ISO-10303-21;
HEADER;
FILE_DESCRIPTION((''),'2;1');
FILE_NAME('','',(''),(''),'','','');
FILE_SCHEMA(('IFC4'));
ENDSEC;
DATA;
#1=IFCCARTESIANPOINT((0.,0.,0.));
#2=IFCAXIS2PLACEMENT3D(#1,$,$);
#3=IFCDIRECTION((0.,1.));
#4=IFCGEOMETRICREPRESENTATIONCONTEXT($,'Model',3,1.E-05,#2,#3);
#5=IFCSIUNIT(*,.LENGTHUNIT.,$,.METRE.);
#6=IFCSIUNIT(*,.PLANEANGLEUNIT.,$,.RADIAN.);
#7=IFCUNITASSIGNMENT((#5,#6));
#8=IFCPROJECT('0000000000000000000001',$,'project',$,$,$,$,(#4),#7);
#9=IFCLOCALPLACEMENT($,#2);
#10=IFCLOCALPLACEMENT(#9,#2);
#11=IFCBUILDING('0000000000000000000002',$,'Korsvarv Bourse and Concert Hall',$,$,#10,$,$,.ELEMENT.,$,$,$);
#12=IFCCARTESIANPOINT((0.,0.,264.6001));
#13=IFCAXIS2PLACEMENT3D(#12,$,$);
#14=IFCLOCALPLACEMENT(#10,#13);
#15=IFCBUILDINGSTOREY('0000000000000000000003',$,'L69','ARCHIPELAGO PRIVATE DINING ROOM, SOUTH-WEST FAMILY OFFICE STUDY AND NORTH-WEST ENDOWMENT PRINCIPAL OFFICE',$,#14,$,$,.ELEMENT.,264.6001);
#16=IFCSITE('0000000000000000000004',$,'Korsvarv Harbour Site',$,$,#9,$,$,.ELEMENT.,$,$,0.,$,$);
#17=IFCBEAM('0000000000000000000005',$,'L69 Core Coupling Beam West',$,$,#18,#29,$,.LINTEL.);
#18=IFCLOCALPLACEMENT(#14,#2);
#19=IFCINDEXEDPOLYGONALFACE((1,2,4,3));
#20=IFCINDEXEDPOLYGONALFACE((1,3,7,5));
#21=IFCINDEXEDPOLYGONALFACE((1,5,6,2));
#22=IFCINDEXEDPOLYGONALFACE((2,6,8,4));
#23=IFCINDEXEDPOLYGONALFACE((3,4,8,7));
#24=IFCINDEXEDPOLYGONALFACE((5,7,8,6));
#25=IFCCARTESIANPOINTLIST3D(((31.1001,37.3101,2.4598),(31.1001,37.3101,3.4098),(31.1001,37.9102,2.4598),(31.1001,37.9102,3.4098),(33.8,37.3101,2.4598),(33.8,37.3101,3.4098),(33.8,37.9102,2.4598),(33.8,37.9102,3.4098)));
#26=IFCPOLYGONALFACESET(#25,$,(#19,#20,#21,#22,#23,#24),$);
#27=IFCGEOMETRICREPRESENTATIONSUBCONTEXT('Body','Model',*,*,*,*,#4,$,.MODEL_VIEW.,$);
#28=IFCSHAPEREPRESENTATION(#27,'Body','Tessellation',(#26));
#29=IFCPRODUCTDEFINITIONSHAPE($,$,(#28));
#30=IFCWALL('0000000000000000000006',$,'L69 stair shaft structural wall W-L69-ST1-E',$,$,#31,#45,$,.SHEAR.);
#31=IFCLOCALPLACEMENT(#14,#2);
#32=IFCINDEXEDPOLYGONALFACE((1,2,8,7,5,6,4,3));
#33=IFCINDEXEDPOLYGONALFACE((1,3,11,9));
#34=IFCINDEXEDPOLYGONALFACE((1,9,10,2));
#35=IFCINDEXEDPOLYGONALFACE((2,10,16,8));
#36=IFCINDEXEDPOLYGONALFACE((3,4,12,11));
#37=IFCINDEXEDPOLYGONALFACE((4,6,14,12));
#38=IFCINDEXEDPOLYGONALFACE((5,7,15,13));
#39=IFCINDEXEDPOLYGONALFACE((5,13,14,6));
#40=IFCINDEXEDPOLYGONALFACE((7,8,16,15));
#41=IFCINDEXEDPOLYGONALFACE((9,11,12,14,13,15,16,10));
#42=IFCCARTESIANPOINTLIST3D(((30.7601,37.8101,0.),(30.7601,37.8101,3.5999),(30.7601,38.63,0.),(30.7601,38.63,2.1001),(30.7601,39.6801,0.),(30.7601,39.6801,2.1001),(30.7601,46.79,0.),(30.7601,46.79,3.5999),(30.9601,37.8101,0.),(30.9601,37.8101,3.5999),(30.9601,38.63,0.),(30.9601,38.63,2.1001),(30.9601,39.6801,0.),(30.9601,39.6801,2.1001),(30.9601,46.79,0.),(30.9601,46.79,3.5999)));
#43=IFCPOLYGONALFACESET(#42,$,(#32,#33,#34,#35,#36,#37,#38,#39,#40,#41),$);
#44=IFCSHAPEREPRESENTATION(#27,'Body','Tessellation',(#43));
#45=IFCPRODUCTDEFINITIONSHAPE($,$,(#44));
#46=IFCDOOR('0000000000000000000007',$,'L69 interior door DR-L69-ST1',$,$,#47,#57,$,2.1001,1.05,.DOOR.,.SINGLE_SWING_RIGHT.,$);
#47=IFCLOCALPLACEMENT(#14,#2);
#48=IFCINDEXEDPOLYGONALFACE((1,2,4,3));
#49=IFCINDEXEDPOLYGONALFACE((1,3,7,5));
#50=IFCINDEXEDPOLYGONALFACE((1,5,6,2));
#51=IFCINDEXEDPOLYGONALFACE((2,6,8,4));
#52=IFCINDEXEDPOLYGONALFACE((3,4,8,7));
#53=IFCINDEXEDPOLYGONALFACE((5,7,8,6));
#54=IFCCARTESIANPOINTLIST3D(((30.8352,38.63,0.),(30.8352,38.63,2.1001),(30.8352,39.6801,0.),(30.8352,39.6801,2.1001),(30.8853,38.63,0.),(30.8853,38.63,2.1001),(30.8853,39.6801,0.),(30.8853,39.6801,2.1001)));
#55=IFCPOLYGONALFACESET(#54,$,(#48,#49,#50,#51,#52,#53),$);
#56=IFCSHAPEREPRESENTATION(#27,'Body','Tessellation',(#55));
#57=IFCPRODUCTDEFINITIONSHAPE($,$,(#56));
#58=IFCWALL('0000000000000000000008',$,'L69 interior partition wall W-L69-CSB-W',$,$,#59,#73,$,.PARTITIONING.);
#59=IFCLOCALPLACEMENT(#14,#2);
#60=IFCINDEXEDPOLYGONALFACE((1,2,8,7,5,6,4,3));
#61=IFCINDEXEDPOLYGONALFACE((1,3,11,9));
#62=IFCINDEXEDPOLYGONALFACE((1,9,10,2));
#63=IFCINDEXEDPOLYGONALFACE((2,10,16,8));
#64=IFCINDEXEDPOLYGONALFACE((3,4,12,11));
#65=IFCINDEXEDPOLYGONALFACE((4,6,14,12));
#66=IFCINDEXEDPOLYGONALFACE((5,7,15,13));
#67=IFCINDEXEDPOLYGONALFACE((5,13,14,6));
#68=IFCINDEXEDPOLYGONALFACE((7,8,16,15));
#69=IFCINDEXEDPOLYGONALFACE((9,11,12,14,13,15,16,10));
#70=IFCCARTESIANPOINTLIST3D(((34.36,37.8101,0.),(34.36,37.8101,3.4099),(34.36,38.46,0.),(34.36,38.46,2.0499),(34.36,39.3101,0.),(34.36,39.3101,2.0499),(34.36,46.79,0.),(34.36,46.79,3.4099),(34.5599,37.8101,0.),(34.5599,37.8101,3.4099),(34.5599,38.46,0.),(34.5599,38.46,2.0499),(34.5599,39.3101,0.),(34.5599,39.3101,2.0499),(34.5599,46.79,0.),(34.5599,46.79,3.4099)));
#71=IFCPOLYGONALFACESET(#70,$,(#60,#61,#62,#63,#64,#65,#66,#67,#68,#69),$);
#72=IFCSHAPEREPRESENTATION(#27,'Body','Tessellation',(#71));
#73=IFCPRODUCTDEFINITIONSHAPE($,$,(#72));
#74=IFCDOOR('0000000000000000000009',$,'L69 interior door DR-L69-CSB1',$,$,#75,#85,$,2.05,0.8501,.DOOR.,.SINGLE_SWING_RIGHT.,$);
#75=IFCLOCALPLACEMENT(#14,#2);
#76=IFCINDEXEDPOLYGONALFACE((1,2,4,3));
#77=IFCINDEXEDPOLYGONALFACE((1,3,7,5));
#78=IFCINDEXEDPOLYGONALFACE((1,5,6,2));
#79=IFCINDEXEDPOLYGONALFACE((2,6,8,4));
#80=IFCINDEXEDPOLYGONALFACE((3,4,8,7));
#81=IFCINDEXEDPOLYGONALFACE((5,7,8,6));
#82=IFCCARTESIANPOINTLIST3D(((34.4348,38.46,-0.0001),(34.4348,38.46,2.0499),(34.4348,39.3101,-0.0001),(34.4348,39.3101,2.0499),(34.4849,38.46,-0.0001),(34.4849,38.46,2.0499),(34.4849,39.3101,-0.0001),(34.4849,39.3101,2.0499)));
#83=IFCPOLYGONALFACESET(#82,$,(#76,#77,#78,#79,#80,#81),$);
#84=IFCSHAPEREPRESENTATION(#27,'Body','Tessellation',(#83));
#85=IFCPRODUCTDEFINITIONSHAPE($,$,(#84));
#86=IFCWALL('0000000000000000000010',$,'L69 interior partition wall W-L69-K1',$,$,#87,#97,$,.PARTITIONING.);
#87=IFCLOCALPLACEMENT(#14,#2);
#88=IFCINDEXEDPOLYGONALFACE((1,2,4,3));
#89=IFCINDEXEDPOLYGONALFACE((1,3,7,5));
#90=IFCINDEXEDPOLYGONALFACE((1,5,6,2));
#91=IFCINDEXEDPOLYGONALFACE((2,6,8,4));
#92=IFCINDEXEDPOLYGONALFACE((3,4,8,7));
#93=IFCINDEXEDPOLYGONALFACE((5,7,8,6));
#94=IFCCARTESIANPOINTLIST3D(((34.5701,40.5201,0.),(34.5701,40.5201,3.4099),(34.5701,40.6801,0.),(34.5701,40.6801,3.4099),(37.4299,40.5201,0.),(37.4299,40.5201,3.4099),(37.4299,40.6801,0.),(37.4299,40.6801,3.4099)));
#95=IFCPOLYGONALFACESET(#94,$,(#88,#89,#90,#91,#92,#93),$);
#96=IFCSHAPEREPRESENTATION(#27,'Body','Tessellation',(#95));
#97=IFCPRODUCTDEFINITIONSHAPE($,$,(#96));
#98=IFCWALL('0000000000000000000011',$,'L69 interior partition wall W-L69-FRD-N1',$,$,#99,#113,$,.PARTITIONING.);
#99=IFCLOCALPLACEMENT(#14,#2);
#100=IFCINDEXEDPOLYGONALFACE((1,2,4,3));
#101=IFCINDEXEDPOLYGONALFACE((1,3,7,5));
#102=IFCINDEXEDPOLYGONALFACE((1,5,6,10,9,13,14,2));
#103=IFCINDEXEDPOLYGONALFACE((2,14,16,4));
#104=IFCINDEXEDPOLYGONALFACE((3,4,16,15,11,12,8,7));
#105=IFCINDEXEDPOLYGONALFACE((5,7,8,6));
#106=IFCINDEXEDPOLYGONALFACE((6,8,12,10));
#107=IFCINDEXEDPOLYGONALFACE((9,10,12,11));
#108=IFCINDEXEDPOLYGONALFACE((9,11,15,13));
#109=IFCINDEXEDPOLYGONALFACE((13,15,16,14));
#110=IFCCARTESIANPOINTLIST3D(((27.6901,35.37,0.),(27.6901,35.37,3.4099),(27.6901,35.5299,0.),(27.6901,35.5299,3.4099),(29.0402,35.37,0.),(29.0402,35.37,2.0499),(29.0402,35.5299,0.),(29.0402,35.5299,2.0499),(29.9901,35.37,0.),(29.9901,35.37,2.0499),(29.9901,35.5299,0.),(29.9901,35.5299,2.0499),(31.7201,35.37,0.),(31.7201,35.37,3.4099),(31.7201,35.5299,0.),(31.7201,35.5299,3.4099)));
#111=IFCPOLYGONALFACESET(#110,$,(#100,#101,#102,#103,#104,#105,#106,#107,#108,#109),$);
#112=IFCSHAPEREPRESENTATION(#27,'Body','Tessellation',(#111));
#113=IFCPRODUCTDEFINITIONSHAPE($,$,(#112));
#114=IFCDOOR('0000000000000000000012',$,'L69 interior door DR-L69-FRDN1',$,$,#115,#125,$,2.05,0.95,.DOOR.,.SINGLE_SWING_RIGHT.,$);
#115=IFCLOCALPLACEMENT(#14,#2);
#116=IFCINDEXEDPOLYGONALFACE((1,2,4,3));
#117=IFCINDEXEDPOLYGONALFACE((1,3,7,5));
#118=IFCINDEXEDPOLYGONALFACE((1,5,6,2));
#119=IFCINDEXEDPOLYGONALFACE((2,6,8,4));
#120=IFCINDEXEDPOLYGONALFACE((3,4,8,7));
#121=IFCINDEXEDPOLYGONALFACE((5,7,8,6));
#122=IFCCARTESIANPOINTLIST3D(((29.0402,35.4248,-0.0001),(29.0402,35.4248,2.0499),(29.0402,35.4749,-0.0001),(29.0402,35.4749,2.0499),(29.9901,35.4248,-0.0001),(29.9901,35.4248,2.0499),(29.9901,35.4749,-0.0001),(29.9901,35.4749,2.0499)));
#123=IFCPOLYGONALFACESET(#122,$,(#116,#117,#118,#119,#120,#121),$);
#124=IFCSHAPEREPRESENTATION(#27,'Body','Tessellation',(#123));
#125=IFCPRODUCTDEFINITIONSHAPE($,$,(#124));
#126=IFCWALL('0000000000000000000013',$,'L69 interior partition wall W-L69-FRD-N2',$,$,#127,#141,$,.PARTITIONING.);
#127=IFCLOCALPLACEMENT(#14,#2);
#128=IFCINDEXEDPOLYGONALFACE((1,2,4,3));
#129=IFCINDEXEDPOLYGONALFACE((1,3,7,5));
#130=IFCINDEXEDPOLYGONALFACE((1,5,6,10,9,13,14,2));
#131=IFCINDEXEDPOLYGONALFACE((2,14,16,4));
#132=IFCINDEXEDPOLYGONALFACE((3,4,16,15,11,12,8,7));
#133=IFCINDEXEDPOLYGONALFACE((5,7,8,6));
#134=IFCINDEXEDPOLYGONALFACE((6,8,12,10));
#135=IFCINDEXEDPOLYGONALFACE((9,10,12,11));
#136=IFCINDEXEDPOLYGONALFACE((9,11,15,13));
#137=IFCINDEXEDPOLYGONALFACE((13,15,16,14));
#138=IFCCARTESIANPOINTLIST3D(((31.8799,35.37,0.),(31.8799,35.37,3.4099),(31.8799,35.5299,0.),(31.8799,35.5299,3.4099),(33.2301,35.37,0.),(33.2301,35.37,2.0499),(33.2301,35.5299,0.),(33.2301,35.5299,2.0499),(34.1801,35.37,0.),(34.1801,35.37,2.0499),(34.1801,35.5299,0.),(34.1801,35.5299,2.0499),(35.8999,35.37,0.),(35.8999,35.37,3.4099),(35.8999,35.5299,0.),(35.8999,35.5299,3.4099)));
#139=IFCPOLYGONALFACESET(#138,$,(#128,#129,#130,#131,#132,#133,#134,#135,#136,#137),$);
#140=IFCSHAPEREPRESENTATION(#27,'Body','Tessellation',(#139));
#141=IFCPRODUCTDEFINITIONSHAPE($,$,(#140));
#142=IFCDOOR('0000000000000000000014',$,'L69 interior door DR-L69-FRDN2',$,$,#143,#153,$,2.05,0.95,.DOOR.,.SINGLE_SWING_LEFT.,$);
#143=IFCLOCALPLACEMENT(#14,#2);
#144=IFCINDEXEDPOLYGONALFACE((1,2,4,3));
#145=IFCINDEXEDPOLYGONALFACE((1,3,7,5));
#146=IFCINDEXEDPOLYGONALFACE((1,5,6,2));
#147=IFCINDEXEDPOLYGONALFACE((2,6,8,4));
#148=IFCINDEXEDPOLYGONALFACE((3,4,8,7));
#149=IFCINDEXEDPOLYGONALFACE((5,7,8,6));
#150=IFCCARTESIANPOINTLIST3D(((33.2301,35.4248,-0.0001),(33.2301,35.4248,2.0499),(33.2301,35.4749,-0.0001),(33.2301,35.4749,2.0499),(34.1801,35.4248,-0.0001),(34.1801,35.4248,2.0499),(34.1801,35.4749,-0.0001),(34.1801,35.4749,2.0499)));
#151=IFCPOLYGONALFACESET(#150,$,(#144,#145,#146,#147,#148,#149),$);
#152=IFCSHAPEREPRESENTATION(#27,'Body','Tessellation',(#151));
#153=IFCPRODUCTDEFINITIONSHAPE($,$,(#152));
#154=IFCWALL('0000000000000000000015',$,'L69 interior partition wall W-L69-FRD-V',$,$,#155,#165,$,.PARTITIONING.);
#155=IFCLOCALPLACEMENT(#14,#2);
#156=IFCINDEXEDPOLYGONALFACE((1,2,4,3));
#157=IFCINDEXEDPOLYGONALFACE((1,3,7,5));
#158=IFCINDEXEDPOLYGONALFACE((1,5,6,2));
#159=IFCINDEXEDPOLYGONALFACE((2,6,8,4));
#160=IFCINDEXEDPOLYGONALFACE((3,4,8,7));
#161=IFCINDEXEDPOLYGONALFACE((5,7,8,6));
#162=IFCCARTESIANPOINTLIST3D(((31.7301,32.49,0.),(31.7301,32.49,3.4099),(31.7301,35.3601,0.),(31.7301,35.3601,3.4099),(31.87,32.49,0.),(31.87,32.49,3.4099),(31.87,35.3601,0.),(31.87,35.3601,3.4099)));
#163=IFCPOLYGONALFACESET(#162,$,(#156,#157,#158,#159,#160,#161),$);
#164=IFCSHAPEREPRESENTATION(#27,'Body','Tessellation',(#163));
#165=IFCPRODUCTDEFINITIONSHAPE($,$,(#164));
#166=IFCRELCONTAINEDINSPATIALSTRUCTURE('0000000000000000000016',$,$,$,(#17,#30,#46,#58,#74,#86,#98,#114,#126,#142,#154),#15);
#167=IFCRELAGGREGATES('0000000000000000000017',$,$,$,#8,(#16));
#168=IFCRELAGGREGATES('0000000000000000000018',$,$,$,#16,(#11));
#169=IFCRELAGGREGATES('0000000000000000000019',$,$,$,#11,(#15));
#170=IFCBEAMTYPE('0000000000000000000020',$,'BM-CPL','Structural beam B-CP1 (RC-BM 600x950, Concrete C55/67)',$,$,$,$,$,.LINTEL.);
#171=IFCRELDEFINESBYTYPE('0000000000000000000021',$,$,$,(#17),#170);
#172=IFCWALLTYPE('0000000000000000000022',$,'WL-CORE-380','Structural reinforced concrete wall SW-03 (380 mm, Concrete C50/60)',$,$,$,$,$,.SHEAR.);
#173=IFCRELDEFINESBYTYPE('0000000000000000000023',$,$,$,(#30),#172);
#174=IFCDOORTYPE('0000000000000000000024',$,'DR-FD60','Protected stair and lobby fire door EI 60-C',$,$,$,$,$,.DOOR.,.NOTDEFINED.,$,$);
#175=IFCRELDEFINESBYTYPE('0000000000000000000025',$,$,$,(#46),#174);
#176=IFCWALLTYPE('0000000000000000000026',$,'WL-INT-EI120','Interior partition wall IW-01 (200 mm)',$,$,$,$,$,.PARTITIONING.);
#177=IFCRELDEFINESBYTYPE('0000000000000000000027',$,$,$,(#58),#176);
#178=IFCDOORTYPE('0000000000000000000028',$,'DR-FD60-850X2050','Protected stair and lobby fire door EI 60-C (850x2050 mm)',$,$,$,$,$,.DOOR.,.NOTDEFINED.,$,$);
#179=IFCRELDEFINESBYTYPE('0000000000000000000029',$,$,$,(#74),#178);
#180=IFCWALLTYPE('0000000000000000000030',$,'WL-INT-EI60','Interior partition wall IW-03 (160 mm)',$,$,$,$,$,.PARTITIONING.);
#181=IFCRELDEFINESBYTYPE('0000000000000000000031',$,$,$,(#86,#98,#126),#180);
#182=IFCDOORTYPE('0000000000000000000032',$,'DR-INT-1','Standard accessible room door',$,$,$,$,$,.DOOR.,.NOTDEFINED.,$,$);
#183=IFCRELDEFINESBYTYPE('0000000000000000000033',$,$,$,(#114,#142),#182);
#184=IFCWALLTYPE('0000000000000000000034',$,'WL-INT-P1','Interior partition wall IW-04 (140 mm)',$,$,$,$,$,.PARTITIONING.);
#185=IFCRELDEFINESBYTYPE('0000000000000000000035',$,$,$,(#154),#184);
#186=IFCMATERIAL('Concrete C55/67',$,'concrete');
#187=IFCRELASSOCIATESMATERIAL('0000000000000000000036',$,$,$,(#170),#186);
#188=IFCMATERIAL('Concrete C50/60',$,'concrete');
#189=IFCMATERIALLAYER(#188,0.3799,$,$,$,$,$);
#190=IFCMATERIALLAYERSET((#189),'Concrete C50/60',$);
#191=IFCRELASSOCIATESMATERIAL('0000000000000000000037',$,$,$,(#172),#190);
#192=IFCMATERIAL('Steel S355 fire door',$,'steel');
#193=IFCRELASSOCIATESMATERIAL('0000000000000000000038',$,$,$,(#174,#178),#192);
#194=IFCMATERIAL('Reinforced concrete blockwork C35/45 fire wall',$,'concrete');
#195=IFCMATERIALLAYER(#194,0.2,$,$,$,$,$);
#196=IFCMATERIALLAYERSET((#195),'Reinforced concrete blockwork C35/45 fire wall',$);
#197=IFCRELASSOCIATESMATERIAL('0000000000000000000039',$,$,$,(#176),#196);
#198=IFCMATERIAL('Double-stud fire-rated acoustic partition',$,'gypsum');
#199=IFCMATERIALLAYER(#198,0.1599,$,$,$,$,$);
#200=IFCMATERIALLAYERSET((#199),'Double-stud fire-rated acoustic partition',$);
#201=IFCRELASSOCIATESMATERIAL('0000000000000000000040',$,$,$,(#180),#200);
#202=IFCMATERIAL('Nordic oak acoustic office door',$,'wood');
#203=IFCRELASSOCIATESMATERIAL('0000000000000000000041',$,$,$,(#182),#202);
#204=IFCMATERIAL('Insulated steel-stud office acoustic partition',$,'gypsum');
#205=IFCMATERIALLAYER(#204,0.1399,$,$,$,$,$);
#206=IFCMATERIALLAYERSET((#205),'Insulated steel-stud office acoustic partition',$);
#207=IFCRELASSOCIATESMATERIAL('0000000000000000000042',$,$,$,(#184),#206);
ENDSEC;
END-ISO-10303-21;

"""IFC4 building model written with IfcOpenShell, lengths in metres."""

from ifc_helpers import new_model, si_unit, direction, frame, frame_2d, origin, origin_2d, place, context, subcontext, project, spatial, rectangle, extrude, source, transform, mapped, material, layer, layer_set, material_profile, profile_set, type_object, element, fill, save


model = new_model("IFC4")

# Units and contexts
model_context = context("Model", 3, precision=1e-05, world=origin(), true_north=direction((0.0, 1.0)))
body_context = subcontext(model_context, "Body", "Model", "MODEL_VIEW")
ifc_project = project(units=[si_unit("LENGTHUNIT", "METRE"), si_unit("PLANEANGLEUNIT", "RADIAN")], contexts=[model_context])

# Site, building, storey
site_placement = place(None, origin())
site = spatial("IfcSite", under=ifc_project, at=site_placement, Name="Korsvarv Harbour Site", CompositionType="ELEMENT", RefElevation=0.0)
building_placement = place(site_placement, origin())
building = spatial("IfcBuilding", under=site, at=building_placement, Name="Korsvarv Bourse and Concert Hall", CompositionType="ELEMENT")
storey_placement = place(building_placement, frame((0.0, 0.0, 264.6001)))
storey = spatial("IfcBuildingStorey", under=building, at=storey_placement, Name="L69", Description="ARCHIPELAGO PRIVATE DINING ROOM, SOUTH-WEST FAMILY OFFICE STUDY AND NORTH-WEST ENDOWMENT PRINCIPAL OFFICE", CompositionType="ELEMENT", Elevation=264.6001)

# Beam
ifc_material_1 = material(Name="Concrete C55/67", Category="concrete")
ifc_material_profile = material_profile(ifc_material_1, rectangle(XDim=0.6001, YDim=0.95, at=origin_2d()), Name="RC-BM 600x950")
ifc_profile_set = profile_set([ifc_material_profile], Name="Concrete C55/67")
beam_type = type_object("IfcBeamType", Name="BM-CPL", Description="Structural beam B-CP1 (RC-BM 600x950, Concrete C55/67)", PredefinedType="LINTEL", material=ifc_profile_set)
shared_shape = source(origin(), body_context, "Body", "SweptSolid", [
    extrude(rectangle(XDim=0.6001, YDim=0.95, at=origin_2d()), origin(), (0.0, 0.0, 1.0), 2.7),
])
beam_placement = place(storey_placement, frame((31.1001, 37.6101, 2.9348), z_axis=(1.0, 0.0, 0.0), x_axis=(0.0, 1.0, 0.0)))
element("IfcBeam", 1, at=beam_placement, inside=storey, type_object=beam_type, Name="L69 Core Coupling Beam West", PredefinedType="LINTEL", context=body_context, shape_type="MappedRepresentation", body=[
    mapped(shared_shape, transform((0.0, 0.0, 0.0), scale=1.0)),
])

# Walls, openings, doors
ifc_material_2 = material(Name="Concrete C50/60", Category="concrete")
ifc_layer_1 = layer(ifc_material_2, 0.3799)
ifc_layer_set_1 = layer_set([ifc_layer_1], Name="Concrete C50/60")
wall_type_1 = type_object("IfcWallType", Name="WL-CORE-380", Description="Structural reinforced concrete wall SW-03 (380 mm, Concrete C50/60)", PredefinedType="SHEAR", material=ifc_layer_set_1)
wall_1_placement = place(storey_placement, frame((30.8601, 37.8101, 0.0), z_axis=(0.0, 0.0, 1.0), x_axis=(0.0, 1.0, 0.0)))
wall_1 = element("IfcWall", 2, at=wall_1_placement, inside=storey, type_object=wall_type_1, Name="L69 stair shaft structural wall W-L69-ST1-E", PredefinedType="SHEAR", context=body_context, shape_type="SweptSolid", body=[
    extrude(rectangle(XDim=8.98, YDim=0.2, at=frame_2d((4.49, 0.0))), origin(), (0.0, 0.0, 1.0), 3.5999),
])
opening_1_placement = place(wall_1_placement, frame((0.8201, 0.0, 0.0)))
opening_1 = element("IfcOpeningElement", 3, at=opening_1_placement, cuts=wall_1, PredefinedType="OPENING", context=body_context, shape_type="SweptSolid", body=[
    extrude(rectangle(XDim=1.05, YDim=2.1001, at=frame_2d((0.5249, 1.05))), frame((0.0, 0.1099, 0.0), z_axis=(0.0, -1.0, 0.0), x_axis=(1.0, 0.0, 0.0)), (0.0, 0.0, 1.0), 0.22),
])
ifc_material_3 = material(Name="Steel S355 fire door", Category="steel")
door_type_1 = type_object("IfcDoorType", Name="DR-FD60", Description="Protected stair and lobby fire door EI 60-C", OperationType="NOTDEFINED", PredefinedType="DOOR", material=ifc_material_3)
door_1_placement = place(opening_1_placement, origin())
door_1 = element("IfcDoor", 4, at=door_1_placement, inside=storey, type_object=door_type_1, Name="L69 interior door DR-L69-ST1", OperationType="SINGLE_SWING_RIGHT", OverallHeight=2.1001, OverallWidth=1.05, PredefinedType="DOOR", context=body_context, shape_type="SweptSolid", body=[
    extrude(rectangle(XDim=1.05, YDim=2.1001, at=frame_2d((0.5249, 1.05))), frame((0.0, 0.0249, 0.0), z_axis=(0.0, -1.0, 0.0), x_axis=(1.0, 0.0, 0.0)), (0.0, 0.0, 1.0), 0.05),
])
fill(opening_1, door_1)
ifc_material_4 = material(Name="Reinforced concrete blockwork C35/45 fire wall", Category="concrete")
ifc_layer_2 = layer(ifc_material_4, 0.2)
ifc_layer_set_2 = layer_set([ifc_layer_2], Name="Reinforced concrete blockwork C35/45 fire wall")
wall_type_2 = type_object("IfcWallType", Name="WL-INT-EI120", Description="Interior partition wall IW-01 (200 mm)", PredefinedType="PARTITIONING", material=ifc_layer_set_2)
wall_2_placement = place(storey_placement, frame((34.46, 37.8101, 0.0), z_axis=(0.0, 0.0, 1.0), x_axis=(0.0, 1.0, 0.0)))
wall_2 = element("IfcWall", 5, at=wall_2_placement, inside=storey, type_object=wall_type_2, Name="L69 interior partition wall W-L69-CSB-W", PredefinedType="PARTITIONING", context=body_context, shape_type="SweptSolid", body=[
    extrude(rectangle(XDim=8.98, YDim=0.2, at=frame_2d((4.49, 0.0))), origin(), (0.0, 0.0, 1.0), 3.4099),
])
opening_2_placement = place(wall_2_placement, frame((0.6499, 0.0, 0.0)))
opening_2 = element("IfcOpeningElement", 6, at=opening_2_placement, cuts=wall_2, PredefinedType="OPENING", context=body_context, shape_type="SweptSolid", body=[
    extrude(rectangle(XDim=0.8501, YDim=2.05, at=frame_2d((0.425, 1.0249))), frame((0.0, 0.1099, 0.0), z_axis=(0.0, -1.0, 0.0), x_axis=(1.0, 0.0, 0.0)), (0.0, 0.0, 1.0), 0.22),
])
door_type_2 = type_object("IfcDoorType", Name="DR-FD60-850X2050", Description="Protected stair and lobby fire door EI 60-C (850x2050 mm)", OperationType="NOTDEFINED", PredefinedType="DOOR", material=ifc_material_3)
door_2_placement = place(opening_2_placement, frame((0.8501, 0.0, 0.0), z_axis=(0.0, 0.0, 1.0), x_axis=(-1.0, 0.0, 0.0)))
door_2 = element("IfcDoor", 7, at=door_2_placement, inside=storey, type_object=door_type_2, Name="L69 interior door DR-L69-CSB1", OperationType="SINGLE_SWING_RIGHT", OverallHeight=2.05, OverallWidth=0.8501, PredefinedType="DOOR", context=body_context, shape_type="SweptSolid", body=[
    extrude(rectangle(XDim=0.8501, YDim=2.05, at=frame_2d((0.425, 1.0249))), frame((0.0, 0.0249, 0.0), z_axis=(0.0, -1.0, 0.0), x_axis=(1.0, 0.0, 0.0)), (0.0, 0.0, 1.0), 0.05),
])
fill(opening_2, door_2)

# Wall
ifc_material_5 = material(Name="Double-stud fire-rated acoustic partition", Category="gypsum")
ifc_layer_3 = layer(ifc_material_5, 0.1599)
ifc_layer_set_3 = layer_set([ifc_layer_3], Name="Double-stud fire-rated acoustic partition")
wall_type_3 = type_object("IfcWallType", Name="WL-INT-EI60", Description="Interior partition wall IW-03 (160 mm)", PredefinedType="PARTITIONING", material=ifc_layer_set_3)
wall_3_placement = place(storey_placement, frame((34.5701, 40.6001, 0.0), z_axis=(0.0, 0.0, 1.0), x_axis=(1.0, 0.0, 0.0)))
element("IfcWall", 8, at=wall_3_placement, inside=storey, type_object=wall_type_3, Name="L69 interior partition wall W-L69-K1", PredefinedType="PARTITIONING", context=body_context, shape_type="SweptSolid", body=[
    extrude(rectangle(XDim=2.8599, YDim=0.1599, at=frame_2d((1.4299, 0.0))), origin(), (0.0, 0.0, 1.0), 3.4099),
])

# Walls, openings, doors
wall_4_placement = place(storey_placement, frame((27.6899, 35.45, 0.0), z_axis=(0.0, 0.0, 1.0), x_axis=(1.0, 0.0, 0.0)))
wall_4 = element("IfcWall", 9, at=wall_4_placement, inside=storey, type_object=wall_type_3, Name="L69 interior partition wall W-L69-FRD-N1", PredefinedType="PARTITIONING", context=body_context, shape_type="SweptSolid", body=[
    extrude(rectangle(XDim=4.03, YDim=0.1599, at=frame_2d((2.0151, 0.0))), origin(), (0.0, 0.0, 1.0), 3.4099),
])
opening_3_placement = place(wall_4_placement, frame((1.3501, 0.0, 0.0)))
opening_3 = element("IfcOpeningElement", 10, at=opening_3_placement, cuts=wall_4, PredefinedType="OPENING", context=body_context, shape_type="SweptSolid", body=[
    extrude(rectangle(XDim=0.95, YDim=2.05, at=frame_2d((0.4751, 1.0249))), frame((0.0, 0.0898, 0.0), z_axis=(0.0, -1.0, 0.0), x_axis=(1.0, 0.0, 0.0)), (0.0, 0.0, 1.0), 0.1799),
])
ifc_material_6 = material(Name="Nordic oak acoustic office door", Category="wood")
door_type_3 = type_object("IfcDoorType", Name="DR-INT-1", Description="Standard accessible room door", OperationType="NOTDEFINED", PredefinedType="DOOR", material=ifc_material_6)
door_3_placement = place(opening_3_placement, origin())
door_3 = element("IfcDoor", 11, at=door_3_placement, inside=storey, type_object=door_type_3, Name="L69 interior door DR-L69-FRDN1", OperationType="SINGLE_SWING_RIGHT", OverallHeight=2.05, OverallWidth=0.95, PredefinedType="DOOR", context=body_context, shape_type="SweptSolid", body=[
    extrude(rectangle(XDim=0.95, YDim=2.05, at=frame_2d((0.4751, 1.0249))), frame((0.0, 0.0249, 0.0), z_axis=(0.0, -1.0, 0.0), x_axis=(1.0, 0.0, 0.0)), (0.0, 0.0, 1.0), 0.05),
])
fill(opening_3, door_3)
wall_5_placement = place(storey_placement, frame((31.8799, 35.45, 0.0), z_axis=(0.0, 0.0, 1.0), x_axis=(1.0, 0.0, 0.0)))
wall_5 = element("IfcWall", 12, at=wall_5_placement, inside=storey, type_object=wall_type_3, Name="L69 interior partition wall W-L69-FRD-N2", PredefinedType="PARTITIONING", context=body_context, shape_type="SweptSolid", body=[
    extrude(rectangle(XDim=4.02, YDim=0.1599, at=frame_2d((2.01, 0.0))), origin(), (0.0, 0.0, 1.0), 3.4099),
])
opening_4_placement = place(wall_5_placement, frame((1.3501, 0.0, 0.0)))
opening_4 = element("IfcOpeningElement", 13, at=opening_4_placement, cuts=wall_5, PredefinedType="OPENING", context=body_context, shape_type="SweptSolid", body=[
    extrude(rectangle(XDim=0.95, YDim=2.05, at=frame_2d((0.4751, 1.0249))), frame((0.0, 0.0898, 0.0), z_axis=(0.0, -1.0, 0.0), x_axis=(1.0, 0.0, 0.0)), (0.0, 0.0, 1.0), 0.1799),
])
door_4_placement = place(opening_4_placement, origin())
door_4 = element("IfcDoor", 14, at=door_4_placement, inside=storey, type_object=door_type_3, Name="L69 interior door DR-L69-FRDN2", OperationType="SINGLE_SWING_LEFT", OverallHeight=2.05, OverallWidth=0.95, PredefinedType="DOOR", context=body_context, shape_type="SweptSolid", body=[
    extrude(rectangle(XDim=0.95, YDim=2.05, at=frame_2d((0.4751, 1.0249))), frame((0.0, 0.0249, 0.0), z_axis=(0.0, -1.0, 0.0), x_axis=(1.0, 0.0, 0.0)), (0.0, 0.0, 1.0), 0.05),
])
fill(opening_4, door_4)

# Wall
ifc_material_7 = material(Name="Insulated steel-stud office acoustic partition", Category="gypsum")
ifc_layer_4 = layer(ifc_material_7, 0.1399)
ifc_layer_set_4 = layer_set([ifc_layer_4], Name="Insulated steel-stud office acoustic partition")
wall_type_4 = type_object("IfcWallType", Name="WL-INT-P1", Description="Interior partition wall IW-04 (140 mm)", PredefinedType="PARTITIONING", material=ifc_layer_set_4)
wall_6_placement = place(storey_placement, frame((31.8, 32.49, 0.0), z_axis=(0.0, 0.0, 1.0), x_axis=(0.0, 1.0, 0.0)))
element("IfcWall", 15, at=wall_6_placement, inside=storey, type_object=wall_type_4, Name="L69 interior partition wall W-L69-FRD-V", PredefinedType="PARTITIONING", context=body_context, shape_type="SweptSolid", body=[
    extrude(rectangle(XDim=2.8701, YDim=0.1399, at=frame_2d((1.4351, 0.0))), origin(), (0.0, 0.0, 1.0), 3.4099),
])

save(model, "model.ifc")
